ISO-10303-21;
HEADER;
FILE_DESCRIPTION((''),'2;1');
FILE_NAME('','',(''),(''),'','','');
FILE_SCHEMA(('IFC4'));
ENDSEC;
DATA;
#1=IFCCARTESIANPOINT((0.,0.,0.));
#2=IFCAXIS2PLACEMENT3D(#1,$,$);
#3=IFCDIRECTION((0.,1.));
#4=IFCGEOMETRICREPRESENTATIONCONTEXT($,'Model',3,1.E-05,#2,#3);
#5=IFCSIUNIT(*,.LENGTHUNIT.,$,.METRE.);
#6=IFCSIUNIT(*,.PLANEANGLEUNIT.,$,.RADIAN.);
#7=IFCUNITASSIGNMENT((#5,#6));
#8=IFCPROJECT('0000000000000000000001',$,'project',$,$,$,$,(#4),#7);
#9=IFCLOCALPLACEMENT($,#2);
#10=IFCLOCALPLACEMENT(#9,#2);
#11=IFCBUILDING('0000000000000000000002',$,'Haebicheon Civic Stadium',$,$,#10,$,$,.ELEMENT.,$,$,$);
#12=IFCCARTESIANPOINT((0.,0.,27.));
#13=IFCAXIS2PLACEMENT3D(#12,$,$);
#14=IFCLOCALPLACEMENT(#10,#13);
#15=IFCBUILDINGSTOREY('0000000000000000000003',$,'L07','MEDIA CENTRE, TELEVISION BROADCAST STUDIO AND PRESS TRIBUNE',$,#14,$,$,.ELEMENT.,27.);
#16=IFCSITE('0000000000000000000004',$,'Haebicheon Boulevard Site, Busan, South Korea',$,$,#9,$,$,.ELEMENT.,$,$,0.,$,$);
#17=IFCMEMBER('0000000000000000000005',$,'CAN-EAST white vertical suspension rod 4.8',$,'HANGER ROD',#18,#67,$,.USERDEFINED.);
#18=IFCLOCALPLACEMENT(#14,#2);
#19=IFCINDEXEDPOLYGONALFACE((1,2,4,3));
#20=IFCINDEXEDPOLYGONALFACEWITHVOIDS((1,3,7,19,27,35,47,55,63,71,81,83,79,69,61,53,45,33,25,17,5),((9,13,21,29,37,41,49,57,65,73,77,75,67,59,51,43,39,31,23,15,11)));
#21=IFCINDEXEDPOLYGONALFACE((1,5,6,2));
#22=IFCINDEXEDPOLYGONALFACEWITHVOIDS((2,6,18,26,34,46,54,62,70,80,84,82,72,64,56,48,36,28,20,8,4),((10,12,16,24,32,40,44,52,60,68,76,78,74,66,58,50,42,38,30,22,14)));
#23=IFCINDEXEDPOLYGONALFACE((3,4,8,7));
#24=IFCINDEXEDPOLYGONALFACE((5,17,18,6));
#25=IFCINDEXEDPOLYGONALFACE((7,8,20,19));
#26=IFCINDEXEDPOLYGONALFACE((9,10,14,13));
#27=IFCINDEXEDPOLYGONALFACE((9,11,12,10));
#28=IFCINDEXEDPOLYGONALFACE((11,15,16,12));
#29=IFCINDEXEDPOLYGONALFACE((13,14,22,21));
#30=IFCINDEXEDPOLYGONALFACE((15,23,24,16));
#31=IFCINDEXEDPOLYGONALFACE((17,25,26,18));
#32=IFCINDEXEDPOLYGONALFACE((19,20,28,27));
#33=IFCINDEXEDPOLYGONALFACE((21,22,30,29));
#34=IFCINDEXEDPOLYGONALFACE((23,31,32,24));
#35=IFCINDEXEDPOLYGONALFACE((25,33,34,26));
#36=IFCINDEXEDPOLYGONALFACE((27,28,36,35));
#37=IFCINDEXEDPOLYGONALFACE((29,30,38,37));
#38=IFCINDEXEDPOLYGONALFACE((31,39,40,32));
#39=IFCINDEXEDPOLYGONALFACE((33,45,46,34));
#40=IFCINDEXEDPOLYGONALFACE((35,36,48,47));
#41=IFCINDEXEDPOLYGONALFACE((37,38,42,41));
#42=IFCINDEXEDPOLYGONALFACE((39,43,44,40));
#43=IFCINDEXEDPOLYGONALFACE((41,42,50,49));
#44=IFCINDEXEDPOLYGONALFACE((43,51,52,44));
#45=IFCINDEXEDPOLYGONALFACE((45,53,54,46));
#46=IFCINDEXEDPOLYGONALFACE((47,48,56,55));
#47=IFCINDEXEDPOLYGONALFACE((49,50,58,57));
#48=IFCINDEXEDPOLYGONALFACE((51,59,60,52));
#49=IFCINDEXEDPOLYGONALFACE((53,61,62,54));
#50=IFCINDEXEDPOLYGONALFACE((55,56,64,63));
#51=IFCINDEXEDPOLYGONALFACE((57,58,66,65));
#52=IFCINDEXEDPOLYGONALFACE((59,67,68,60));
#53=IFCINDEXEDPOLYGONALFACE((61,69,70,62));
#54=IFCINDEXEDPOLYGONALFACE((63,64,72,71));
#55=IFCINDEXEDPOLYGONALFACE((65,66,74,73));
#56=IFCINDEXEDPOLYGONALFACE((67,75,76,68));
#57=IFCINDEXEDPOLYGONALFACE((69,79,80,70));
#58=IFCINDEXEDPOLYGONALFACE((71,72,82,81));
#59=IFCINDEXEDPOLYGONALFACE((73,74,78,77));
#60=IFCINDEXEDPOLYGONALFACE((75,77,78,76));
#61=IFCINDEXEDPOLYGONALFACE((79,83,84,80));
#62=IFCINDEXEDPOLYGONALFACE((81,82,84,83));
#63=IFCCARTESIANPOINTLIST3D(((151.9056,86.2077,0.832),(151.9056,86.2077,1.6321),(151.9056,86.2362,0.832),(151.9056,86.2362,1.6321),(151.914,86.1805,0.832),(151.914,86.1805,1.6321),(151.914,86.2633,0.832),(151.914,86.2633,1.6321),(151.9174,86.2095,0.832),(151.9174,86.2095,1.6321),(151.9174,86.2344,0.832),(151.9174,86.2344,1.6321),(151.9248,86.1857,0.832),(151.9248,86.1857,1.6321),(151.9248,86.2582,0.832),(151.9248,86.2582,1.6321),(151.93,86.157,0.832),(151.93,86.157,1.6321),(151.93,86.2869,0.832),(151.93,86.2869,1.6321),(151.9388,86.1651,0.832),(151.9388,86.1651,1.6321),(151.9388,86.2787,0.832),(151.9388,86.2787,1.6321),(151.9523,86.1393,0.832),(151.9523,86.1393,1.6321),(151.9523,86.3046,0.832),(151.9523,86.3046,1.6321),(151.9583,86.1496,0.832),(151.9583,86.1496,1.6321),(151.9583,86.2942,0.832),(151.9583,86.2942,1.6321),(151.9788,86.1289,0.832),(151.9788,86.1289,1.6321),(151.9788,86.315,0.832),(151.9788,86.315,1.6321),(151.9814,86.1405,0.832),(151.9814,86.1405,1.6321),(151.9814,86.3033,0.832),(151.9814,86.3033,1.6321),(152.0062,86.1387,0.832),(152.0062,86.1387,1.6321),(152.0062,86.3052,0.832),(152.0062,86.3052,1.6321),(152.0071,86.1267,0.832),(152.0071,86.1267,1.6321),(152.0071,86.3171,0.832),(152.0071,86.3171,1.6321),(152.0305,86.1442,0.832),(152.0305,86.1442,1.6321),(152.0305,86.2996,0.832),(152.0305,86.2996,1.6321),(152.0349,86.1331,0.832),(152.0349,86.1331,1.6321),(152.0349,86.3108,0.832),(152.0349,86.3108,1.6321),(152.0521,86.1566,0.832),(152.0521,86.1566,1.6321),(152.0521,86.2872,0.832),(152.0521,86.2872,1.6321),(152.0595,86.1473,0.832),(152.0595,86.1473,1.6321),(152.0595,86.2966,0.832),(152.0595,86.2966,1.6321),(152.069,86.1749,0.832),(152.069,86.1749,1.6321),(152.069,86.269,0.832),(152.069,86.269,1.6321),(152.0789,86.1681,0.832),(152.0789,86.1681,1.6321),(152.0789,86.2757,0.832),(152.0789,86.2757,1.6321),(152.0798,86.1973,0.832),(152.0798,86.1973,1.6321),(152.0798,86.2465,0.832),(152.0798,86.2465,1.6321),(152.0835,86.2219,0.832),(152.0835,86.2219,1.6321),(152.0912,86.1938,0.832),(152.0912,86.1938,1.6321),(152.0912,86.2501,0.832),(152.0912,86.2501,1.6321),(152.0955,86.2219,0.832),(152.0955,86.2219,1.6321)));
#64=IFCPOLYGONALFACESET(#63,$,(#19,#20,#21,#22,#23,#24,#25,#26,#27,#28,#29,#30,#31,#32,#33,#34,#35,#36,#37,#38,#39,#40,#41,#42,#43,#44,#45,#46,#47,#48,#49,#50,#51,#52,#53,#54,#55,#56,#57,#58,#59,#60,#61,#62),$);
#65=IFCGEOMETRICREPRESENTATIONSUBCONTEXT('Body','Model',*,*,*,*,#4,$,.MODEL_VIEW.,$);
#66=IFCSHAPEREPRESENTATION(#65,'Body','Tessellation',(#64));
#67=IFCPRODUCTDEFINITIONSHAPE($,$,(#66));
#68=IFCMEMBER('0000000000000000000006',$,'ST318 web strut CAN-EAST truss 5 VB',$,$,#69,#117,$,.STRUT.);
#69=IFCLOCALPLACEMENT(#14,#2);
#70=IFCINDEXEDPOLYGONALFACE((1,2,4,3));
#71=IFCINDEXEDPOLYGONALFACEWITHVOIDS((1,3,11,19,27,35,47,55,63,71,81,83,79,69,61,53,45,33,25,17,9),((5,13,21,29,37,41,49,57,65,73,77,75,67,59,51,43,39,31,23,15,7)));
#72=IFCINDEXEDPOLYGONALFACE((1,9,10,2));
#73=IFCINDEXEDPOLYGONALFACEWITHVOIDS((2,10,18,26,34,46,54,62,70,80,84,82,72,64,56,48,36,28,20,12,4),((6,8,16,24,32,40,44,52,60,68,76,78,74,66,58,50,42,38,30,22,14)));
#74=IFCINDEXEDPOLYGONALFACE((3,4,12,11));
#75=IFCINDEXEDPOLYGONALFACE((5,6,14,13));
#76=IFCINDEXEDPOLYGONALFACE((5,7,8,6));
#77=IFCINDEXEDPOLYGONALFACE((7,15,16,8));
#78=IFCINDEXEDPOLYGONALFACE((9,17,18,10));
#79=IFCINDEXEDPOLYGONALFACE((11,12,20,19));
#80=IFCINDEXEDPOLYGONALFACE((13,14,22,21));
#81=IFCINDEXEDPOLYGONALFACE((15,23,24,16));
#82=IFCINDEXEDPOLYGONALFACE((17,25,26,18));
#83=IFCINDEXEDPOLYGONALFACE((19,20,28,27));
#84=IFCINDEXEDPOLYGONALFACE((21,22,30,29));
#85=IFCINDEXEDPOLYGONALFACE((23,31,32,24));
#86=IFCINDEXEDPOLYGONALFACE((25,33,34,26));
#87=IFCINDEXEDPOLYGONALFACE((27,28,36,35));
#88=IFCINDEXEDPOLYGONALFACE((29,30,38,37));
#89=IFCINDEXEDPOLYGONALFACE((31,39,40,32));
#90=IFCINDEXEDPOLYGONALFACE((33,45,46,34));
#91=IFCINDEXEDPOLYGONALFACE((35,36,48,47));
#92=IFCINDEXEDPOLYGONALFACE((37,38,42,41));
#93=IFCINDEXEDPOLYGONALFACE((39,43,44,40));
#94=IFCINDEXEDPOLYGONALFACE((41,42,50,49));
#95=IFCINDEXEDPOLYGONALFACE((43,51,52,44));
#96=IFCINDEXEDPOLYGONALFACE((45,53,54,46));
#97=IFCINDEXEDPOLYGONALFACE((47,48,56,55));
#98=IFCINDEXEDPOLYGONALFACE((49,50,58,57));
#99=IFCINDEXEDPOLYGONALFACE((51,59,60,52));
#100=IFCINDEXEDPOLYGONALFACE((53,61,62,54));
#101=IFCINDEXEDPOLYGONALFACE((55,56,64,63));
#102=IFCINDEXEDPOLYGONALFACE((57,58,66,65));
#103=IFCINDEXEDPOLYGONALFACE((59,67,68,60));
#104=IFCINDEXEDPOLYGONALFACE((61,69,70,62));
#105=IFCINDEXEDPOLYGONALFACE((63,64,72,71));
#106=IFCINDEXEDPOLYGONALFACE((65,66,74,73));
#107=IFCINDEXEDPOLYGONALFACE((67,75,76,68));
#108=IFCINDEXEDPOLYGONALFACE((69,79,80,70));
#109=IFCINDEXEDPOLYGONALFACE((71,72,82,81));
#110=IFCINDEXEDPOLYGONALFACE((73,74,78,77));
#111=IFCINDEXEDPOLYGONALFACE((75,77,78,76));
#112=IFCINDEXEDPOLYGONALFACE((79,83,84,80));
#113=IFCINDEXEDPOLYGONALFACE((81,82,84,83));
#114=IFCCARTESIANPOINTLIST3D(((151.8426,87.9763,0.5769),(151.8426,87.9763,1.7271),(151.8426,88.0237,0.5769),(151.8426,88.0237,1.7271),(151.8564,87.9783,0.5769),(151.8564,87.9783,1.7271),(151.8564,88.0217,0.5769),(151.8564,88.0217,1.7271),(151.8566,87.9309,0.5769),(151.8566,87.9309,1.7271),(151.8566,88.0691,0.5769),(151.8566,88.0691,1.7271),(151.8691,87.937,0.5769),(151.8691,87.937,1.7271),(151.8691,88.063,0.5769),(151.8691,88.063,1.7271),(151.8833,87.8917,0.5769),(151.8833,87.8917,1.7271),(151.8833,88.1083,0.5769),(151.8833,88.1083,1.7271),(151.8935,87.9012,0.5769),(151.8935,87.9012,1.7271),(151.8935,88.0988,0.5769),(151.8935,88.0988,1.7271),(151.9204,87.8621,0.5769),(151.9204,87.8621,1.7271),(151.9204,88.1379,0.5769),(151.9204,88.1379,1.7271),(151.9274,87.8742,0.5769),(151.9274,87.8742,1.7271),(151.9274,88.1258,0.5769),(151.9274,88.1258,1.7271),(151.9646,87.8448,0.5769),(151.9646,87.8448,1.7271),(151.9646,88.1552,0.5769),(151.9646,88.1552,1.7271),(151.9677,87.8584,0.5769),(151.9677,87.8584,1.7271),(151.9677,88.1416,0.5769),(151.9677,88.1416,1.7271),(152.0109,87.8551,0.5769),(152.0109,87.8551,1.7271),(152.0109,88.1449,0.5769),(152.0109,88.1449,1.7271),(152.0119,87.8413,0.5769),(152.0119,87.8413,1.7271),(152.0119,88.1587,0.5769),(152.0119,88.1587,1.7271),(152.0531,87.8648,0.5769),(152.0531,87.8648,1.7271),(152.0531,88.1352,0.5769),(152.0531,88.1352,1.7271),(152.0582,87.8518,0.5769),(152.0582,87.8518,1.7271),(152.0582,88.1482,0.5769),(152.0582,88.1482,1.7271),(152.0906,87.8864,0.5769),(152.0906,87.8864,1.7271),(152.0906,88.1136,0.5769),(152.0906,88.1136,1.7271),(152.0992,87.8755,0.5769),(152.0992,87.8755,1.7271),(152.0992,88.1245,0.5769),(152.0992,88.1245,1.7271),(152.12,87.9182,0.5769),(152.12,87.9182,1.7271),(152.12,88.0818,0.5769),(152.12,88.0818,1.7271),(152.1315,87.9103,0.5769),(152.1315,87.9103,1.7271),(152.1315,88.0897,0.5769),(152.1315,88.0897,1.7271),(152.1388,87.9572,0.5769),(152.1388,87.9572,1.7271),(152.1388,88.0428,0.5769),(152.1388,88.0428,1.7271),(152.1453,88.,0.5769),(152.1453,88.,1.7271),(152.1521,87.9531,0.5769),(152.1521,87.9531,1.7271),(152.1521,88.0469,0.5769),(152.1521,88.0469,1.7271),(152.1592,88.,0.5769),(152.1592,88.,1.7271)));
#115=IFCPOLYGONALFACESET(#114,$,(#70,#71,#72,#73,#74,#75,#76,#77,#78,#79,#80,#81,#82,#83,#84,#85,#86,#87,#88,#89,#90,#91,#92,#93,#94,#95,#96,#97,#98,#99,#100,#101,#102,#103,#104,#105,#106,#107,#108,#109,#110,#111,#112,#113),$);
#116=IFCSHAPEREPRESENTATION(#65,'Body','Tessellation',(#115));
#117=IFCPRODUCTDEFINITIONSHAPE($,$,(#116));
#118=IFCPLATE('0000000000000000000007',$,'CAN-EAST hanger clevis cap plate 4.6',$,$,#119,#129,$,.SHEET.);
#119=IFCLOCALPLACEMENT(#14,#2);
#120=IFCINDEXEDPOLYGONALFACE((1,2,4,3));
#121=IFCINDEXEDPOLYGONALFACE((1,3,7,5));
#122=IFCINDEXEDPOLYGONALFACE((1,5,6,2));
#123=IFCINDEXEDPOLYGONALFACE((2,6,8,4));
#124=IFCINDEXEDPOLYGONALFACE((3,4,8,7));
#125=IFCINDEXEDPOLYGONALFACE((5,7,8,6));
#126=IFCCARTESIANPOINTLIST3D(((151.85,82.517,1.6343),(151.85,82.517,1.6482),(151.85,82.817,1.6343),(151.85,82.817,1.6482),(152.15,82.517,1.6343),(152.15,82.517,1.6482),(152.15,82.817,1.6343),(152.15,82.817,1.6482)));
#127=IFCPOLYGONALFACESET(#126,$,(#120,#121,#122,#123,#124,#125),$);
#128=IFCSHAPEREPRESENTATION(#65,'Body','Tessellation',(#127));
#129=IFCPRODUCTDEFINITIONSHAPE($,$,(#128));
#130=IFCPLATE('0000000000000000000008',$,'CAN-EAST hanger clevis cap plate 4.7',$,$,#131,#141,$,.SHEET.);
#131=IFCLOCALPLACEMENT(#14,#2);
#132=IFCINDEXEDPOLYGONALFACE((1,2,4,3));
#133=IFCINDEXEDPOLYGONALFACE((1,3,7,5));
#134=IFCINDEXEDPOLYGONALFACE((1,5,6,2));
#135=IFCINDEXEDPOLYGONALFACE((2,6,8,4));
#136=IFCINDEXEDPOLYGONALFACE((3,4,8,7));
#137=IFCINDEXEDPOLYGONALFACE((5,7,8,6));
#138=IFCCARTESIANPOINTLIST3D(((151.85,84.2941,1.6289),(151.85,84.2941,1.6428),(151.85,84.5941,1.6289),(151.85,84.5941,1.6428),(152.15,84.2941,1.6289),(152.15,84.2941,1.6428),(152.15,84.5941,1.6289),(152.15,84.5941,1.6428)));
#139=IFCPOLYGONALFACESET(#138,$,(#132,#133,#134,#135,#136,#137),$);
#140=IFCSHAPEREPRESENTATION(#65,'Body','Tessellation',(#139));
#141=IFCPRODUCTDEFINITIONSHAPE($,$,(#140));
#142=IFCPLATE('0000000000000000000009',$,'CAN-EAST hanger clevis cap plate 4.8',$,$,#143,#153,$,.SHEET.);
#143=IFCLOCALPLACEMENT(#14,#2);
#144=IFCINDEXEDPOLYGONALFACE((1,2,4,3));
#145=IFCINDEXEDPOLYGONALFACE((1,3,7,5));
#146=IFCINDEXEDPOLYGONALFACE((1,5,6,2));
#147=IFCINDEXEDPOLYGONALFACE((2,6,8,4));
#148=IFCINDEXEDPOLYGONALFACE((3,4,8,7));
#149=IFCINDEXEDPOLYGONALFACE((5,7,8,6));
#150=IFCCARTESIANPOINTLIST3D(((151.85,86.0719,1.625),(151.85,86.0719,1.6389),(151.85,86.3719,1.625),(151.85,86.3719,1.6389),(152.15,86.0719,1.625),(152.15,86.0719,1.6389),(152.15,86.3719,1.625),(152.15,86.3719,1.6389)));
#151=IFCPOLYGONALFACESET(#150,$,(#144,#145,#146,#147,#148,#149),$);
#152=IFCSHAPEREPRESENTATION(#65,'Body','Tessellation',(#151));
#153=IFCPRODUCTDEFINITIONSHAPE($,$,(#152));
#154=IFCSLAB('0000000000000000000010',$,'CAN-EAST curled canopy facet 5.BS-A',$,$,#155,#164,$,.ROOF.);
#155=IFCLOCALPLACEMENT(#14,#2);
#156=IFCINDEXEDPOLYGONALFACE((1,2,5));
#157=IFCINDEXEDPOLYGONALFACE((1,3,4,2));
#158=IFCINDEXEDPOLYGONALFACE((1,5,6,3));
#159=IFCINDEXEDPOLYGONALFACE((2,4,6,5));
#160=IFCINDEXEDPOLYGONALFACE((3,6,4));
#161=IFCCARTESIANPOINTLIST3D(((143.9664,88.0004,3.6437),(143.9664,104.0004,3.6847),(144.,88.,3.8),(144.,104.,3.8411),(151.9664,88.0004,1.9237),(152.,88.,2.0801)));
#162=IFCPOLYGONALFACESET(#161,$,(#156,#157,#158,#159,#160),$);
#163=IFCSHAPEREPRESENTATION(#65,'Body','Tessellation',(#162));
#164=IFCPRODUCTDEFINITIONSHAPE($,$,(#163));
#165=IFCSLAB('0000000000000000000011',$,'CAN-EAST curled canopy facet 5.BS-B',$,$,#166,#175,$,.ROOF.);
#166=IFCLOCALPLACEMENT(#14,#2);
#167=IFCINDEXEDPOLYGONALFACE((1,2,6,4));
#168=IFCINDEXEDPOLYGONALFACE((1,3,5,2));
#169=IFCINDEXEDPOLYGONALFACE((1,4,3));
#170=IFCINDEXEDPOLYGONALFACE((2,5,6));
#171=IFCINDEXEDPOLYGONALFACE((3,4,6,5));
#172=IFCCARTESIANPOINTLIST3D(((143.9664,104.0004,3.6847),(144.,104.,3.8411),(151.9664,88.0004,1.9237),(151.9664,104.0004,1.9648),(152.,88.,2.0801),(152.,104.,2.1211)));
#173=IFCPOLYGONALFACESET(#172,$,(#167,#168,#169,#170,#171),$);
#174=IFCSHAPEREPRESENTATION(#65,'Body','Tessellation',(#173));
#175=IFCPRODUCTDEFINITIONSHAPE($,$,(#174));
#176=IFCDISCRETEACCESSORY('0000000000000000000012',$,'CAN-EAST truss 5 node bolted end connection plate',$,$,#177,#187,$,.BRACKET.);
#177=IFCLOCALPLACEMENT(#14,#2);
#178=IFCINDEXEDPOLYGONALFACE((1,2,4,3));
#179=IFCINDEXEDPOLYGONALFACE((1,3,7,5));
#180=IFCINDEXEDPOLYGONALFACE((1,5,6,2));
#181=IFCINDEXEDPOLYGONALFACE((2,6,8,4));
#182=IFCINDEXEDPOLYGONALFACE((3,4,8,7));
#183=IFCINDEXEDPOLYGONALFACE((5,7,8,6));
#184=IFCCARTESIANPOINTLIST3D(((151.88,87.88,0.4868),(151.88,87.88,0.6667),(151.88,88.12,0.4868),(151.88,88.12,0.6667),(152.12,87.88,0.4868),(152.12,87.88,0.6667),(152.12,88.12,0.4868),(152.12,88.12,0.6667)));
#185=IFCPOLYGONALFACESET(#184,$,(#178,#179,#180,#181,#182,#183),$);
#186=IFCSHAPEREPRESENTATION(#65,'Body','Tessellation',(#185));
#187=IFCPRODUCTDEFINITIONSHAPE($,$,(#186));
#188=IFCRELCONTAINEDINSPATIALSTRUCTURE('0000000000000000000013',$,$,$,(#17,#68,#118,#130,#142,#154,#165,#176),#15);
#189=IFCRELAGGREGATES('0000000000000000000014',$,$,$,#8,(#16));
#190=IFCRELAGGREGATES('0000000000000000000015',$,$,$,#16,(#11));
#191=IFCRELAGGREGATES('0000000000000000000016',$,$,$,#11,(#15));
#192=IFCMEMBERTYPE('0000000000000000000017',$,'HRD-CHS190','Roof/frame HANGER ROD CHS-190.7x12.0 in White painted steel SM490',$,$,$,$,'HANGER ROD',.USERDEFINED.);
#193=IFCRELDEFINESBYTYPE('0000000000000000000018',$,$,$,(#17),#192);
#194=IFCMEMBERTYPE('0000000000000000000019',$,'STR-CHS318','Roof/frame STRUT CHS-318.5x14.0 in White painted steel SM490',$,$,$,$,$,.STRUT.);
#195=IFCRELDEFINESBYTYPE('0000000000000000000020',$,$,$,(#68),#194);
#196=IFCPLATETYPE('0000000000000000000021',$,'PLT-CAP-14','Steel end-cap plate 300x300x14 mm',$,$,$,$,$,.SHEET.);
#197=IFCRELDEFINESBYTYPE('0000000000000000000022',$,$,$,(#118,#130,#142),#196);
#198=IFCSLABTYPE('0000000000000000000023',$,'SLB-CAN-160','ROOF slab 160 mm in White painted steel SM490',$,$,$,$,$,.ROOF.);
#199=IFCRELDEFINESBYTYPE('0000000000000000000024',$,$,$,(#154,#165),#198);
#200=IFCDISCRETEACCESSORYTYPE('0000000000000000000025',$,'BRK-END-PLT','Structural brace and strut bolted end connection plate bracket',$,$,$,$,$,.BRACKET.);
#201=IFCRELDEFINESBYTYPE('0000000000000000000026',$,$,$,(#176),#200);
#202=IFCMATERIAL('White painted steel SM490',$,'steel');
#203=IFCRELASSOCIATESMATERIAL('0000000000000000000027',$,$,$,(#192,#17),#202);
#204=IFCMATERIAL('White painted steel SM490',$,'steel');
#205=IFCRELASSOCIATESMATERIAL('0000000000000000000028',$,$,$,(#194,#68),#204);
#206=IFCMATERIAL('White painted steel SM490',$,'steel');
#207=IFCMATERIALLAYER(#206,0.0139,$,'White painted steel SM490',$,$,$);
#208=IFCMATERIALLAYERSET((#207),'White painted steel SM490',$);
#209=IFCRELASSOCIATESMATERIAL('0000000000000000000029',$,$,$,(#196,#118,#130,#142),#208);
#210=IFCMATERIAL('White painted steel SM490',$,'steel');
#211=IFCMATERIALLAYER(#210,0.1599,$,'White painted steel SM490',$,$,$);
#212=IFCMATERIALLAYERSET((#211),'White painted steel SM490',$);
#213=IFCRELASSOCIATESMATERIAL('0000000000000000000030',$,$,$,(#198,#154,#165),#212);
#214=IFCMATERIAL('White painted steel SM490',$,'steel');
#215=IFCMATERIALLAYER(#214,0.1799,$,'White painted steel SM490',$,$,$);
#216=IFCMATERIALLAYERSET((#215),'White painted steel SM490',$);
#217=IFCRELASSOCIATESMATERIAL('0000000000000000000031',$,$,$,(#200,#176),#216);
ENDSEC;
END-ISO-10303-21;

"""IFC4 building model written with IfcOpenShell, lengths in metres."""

from ifc_helpers import new_model, si_unit, direction, frame, origin, origin_2d, place, context, subcontext, project, spatial, polyline, rectangle, hollow_circle, outline, extrude, material, layer, layer_set, material_profile, profile_set, type_object, element, save


model = new_model("IFC4")

# Units and contexts
model_context = context("Model", 3, precision=1e-05, world=origin(), true_north=direction((0.0, 1.0)))
body_context = subcontext(model_context, "Body", "Model", "MODEL_VIEW")
ifc_project = project(units=[si_unit("LENGTHUNIT", "METRE"), si_unit("PLANEANGLEUNIT", "RADIAN")], contexts=[model_context])

# Site, building, storey
site_placement = place(None, origin())
site = spatial("IfcSite", under=ifc_project, at=site_placement, Name="Haebicheon Boulevard Site, Busan, South Korea", CompositionType="ELEMENT", RefElevation=0.0)
building_placement = place(site_placement, origin())
building = spatial("IfcBuilding", under=site, at=building_placement, Name="Haebicheon Civic Stadium", CompositionType="ELEMENT")
storey_placement = place(building_placement, frame((0.0, 0.0, 27.0)))
storey = spatial("IfcBuildingStorey", under=building, at=storey_placement, Name="L07", Description="MEDIA CENTRE, TELEVISION BROADCAST STUDIO AND PRESS TRIBUNE", CompositionType="ELEMENT", Elevation=27.0)

# Members
ifc_material_1 = material(Name="White painted steel SM490", Category="steel")
ifc_material_profile_1 = material_profile(ifc_material_1, hollow_circle(Radius=0.0955, WallThickness=0.012, at=origin_2d()), Name="CHS-190.7x12.0")
ifc_profile_set_1 = profile_set([ifc_material_profile_1], Name="White painted steel SM490")
member_type_1 = type_object("IfcMemberType", Name="HRD-CHS190", Description="Roof/frame HANGER ROD CHS-190.7x12.0 in White painted steel SM490", ElementType="HANGER ROD", PredefinedType="USERDEFINED", material=ifc_profile_set_1)
for number, where, z_axis, x_axis, name in (
    (1, (152.0, 86.2219, 0.832), (0.0, 0.0, 1.0), (1.0, 0.0, 0.0), "CAN-EAST white vertical suspension rod 4.8"),
):
    element("IfcMember", number, at=place(storey_placement, frame(where, z_axis=z_axis, x_axis=x_axis)), inside=storey, type_object=member_type_1, material=ifc_profile_set_1, Name=name, ObjectType="HANGER ROD", PredefinedType="USERDEFINED", context=body_context, shape_type="SweptSolid", body=[
        extrude(hollow_circle(Radius=0.0955, WallThickness=0.012, at=origin_2d()), origin(), (0.0, 0.0, 1.0), 0.8),
    ])
ifc_material_2 = material(Name="White painted steel SM490", Category="steel")
ifc_material_profile_2 = material_profile(ifc_material_2, hollow_circle(Radius=0.1592, WallThickness=0.0139, at=origin_2d()), Name="CHS-318.5x14.0")
ifc_profile_set_2 = profile_set([ifc_material_profile_2], Name="White painted steel SM490")
member_type_2 = type_object("IfcMemberType", Name="STR-CHS318", Description="Roof/frame STRUT CHS-318.5x14.0 in White painted steel SM490", PredefinedType="STRUT", material=ifc_profile_set_2)
member_1_placement = place(storey_placement, frame((152.0, 88.0, 0.5769), z_axis=(0.0, 0.0, 1.0), x_axis=(1.0, 0.0, 0.0)))
element("IfcMember", 2, at=member_1_placement, inside=storey, type_object=member_type_2, material=ifc_profile_set_2, Name="ST318 web strut CAN-EAST truss 5 VB", PredefinedType="STRUT", context=body_context, shape_type="SweptSolid", body=[
    extrude(hollow_circle(Radius=0.1592, WallThickness=0.0139, at=origin_2d()), origin(), (0.0, 0.0, 1.0), 1.1501),
])

# Plates
ifc_material_3 = material(Name="White painted steel SM490", Category="steel")
ifc_layer_1 = layer(ifc_material_3, 0.0139, Name="White painted steel SM490")
ifc_layer_set_1 = layer_set([ifc_layer_1], Name="White painted steel SM490")
plate_type = type_object("IfcPlateType", Name="PLT-CAP-14", Description="Steel end-cap plate 300x300x14 mm", PredefinedType="SHEET", material=ifc_layer_set_1)
for number, where, z_axis, x_axis, name in (
    (3, (152.0, 82.667, 1.6343), (0.0, 0.0, 1.0), (1.0, 0.0, 0.0), "CAN-EAST hanger clevis cap plate 4.6"),
    (4, (152.0, 84.4441, 1.6289), (0.0, 0.0, 1.0), (1.0, 0.0, 0.0), "CAN-EAST hanger clevis cap plate 4.7"),
    (5, (152.0, 86.2219, 1.625), (0.0, 0.0, 1.0), (1.0, 0.0, 0.0), "CAN-EAST hanger clevis cap plate 4.8"),
):
    element("IfcPlate", number, at=place(storey_placement, frame(where, z_axis=z_axis, x_axis=x_axis)), inside=storey, type_object=plate_type, material=ifc_layer_set_1, Name=name, PredefinedType="SHEET", context=body_context, shape_type="SweptSolid", body=[
        extrude(rectangle(XDim=0.3, YDim=0.3, at=origin_2d()), origin(), (0.0, 0.0, 1.0), 0.0139),
    ])

# Slabs
ifc_material_4 = material(Name="White painted steel SM490", Category="steel")
ifc_layer_2 = layer(ifc_material_4, 0.1599, Name="White painted steel SM490")
ifc_layer_set_2 = layer_set([ifc_layer_2], Name="White painted steel SM490")
slab_type = type_object("IfcSlabType", Name="SLB-CAN-160", Description="ROOF slab 160 mm in White painted steel SM490", PredefinedType="ROOF", material=ifc_layer_set_2)
slab_1_placement = place(storey_placement, frame((152.0, 88.0, 2.0801), z_axis=(0.210193, -0.002506, 0.977657), x_axis=(-0.97766, 0.0, 0.210193)))
element("IfcSlab", 6, at=slab_1_placement, inside=storey, type_object=slab_type, material=ifc_layer_set_2, Name="CAN-EAST curled canopy facet 5.BS-A", PredefinedType="ROOF", context=body_context, shape_type="SweptSolid", body=[
    extrude(outline(polyline([(0.0, 0.0), (8.1828, 0.0), (8.1914, -16.0001), (0.0, 0.0)])), origin(), (0.0, 0.0, -1.0), 0.1599),
])
slab_2_placement = place(storey_placement, frame((152.0, 88.0, 2.0801), z_axis=(0.210193, -0.002506, 0.977657), x_axis=(-0.445062, 0.890125, 0.097969)))
element("IfcSlab", 7, at=slab_2_placement, inside=storey, type_object=slab_type, material=ifc_layer_set_2, Name="CAN-EAST curled canopy facet 5.BS-B", PredefinedType="ROOF", context=body_context, shape_type="SweptSolid", body=[
    extrude(outline(polyline([(0.0, 0.0), (17.975, 0.0), (14.246, -7.2837), (0.0, 0.0)])), origin(), (0.0, 0.0, -1.0), 0.1599),
])

# Discrete accessory
ifc_material_5 = material(Name="White painted steel SM490", Category="steel")
ifc_layer_3 = layer(ifc_material_5, 0.1799, Name="White painted steel SM490")
ifc_layer_set_3 = layer_set([ifc_layer_3], Name="White painted steel SM490")
discrete_accessory_type = type_object("IfcDiscreteAccessoryType", Name="BRK-END-PLT", Description="Structural brace and strut bolted end connection plate bracket", PredefinedType="BRACKET", material=ifc_layer_set_3)
for number, where, z_axis, x_axis, name in (
    (8, (152.0, 88.0, 0.4868), (0.0, 0.0, 1.0), (1.0, 0.0, 0.0), "CAN-EAST truss 5 node bolted end connection plate"),
):
    element("IfcDiscreteAccessory", number, at=place(storey_placement, frame(where, z_axis=z_axis, x_axis=x_axis)), inside=storey, type_object=discrete_accessory_type, material=ifc_layer_set_3, Name=name, PredefinedType="BRACKET", context=body_context, shape_type="SweptSolid", body=[
        extrude(rectangle(XDim=0.24, YDim=0.24, at=origin_2d()), origin(), (0.0, 0.0, 1.0), 0.1799),
    ])

save(model, "model.ifc")
